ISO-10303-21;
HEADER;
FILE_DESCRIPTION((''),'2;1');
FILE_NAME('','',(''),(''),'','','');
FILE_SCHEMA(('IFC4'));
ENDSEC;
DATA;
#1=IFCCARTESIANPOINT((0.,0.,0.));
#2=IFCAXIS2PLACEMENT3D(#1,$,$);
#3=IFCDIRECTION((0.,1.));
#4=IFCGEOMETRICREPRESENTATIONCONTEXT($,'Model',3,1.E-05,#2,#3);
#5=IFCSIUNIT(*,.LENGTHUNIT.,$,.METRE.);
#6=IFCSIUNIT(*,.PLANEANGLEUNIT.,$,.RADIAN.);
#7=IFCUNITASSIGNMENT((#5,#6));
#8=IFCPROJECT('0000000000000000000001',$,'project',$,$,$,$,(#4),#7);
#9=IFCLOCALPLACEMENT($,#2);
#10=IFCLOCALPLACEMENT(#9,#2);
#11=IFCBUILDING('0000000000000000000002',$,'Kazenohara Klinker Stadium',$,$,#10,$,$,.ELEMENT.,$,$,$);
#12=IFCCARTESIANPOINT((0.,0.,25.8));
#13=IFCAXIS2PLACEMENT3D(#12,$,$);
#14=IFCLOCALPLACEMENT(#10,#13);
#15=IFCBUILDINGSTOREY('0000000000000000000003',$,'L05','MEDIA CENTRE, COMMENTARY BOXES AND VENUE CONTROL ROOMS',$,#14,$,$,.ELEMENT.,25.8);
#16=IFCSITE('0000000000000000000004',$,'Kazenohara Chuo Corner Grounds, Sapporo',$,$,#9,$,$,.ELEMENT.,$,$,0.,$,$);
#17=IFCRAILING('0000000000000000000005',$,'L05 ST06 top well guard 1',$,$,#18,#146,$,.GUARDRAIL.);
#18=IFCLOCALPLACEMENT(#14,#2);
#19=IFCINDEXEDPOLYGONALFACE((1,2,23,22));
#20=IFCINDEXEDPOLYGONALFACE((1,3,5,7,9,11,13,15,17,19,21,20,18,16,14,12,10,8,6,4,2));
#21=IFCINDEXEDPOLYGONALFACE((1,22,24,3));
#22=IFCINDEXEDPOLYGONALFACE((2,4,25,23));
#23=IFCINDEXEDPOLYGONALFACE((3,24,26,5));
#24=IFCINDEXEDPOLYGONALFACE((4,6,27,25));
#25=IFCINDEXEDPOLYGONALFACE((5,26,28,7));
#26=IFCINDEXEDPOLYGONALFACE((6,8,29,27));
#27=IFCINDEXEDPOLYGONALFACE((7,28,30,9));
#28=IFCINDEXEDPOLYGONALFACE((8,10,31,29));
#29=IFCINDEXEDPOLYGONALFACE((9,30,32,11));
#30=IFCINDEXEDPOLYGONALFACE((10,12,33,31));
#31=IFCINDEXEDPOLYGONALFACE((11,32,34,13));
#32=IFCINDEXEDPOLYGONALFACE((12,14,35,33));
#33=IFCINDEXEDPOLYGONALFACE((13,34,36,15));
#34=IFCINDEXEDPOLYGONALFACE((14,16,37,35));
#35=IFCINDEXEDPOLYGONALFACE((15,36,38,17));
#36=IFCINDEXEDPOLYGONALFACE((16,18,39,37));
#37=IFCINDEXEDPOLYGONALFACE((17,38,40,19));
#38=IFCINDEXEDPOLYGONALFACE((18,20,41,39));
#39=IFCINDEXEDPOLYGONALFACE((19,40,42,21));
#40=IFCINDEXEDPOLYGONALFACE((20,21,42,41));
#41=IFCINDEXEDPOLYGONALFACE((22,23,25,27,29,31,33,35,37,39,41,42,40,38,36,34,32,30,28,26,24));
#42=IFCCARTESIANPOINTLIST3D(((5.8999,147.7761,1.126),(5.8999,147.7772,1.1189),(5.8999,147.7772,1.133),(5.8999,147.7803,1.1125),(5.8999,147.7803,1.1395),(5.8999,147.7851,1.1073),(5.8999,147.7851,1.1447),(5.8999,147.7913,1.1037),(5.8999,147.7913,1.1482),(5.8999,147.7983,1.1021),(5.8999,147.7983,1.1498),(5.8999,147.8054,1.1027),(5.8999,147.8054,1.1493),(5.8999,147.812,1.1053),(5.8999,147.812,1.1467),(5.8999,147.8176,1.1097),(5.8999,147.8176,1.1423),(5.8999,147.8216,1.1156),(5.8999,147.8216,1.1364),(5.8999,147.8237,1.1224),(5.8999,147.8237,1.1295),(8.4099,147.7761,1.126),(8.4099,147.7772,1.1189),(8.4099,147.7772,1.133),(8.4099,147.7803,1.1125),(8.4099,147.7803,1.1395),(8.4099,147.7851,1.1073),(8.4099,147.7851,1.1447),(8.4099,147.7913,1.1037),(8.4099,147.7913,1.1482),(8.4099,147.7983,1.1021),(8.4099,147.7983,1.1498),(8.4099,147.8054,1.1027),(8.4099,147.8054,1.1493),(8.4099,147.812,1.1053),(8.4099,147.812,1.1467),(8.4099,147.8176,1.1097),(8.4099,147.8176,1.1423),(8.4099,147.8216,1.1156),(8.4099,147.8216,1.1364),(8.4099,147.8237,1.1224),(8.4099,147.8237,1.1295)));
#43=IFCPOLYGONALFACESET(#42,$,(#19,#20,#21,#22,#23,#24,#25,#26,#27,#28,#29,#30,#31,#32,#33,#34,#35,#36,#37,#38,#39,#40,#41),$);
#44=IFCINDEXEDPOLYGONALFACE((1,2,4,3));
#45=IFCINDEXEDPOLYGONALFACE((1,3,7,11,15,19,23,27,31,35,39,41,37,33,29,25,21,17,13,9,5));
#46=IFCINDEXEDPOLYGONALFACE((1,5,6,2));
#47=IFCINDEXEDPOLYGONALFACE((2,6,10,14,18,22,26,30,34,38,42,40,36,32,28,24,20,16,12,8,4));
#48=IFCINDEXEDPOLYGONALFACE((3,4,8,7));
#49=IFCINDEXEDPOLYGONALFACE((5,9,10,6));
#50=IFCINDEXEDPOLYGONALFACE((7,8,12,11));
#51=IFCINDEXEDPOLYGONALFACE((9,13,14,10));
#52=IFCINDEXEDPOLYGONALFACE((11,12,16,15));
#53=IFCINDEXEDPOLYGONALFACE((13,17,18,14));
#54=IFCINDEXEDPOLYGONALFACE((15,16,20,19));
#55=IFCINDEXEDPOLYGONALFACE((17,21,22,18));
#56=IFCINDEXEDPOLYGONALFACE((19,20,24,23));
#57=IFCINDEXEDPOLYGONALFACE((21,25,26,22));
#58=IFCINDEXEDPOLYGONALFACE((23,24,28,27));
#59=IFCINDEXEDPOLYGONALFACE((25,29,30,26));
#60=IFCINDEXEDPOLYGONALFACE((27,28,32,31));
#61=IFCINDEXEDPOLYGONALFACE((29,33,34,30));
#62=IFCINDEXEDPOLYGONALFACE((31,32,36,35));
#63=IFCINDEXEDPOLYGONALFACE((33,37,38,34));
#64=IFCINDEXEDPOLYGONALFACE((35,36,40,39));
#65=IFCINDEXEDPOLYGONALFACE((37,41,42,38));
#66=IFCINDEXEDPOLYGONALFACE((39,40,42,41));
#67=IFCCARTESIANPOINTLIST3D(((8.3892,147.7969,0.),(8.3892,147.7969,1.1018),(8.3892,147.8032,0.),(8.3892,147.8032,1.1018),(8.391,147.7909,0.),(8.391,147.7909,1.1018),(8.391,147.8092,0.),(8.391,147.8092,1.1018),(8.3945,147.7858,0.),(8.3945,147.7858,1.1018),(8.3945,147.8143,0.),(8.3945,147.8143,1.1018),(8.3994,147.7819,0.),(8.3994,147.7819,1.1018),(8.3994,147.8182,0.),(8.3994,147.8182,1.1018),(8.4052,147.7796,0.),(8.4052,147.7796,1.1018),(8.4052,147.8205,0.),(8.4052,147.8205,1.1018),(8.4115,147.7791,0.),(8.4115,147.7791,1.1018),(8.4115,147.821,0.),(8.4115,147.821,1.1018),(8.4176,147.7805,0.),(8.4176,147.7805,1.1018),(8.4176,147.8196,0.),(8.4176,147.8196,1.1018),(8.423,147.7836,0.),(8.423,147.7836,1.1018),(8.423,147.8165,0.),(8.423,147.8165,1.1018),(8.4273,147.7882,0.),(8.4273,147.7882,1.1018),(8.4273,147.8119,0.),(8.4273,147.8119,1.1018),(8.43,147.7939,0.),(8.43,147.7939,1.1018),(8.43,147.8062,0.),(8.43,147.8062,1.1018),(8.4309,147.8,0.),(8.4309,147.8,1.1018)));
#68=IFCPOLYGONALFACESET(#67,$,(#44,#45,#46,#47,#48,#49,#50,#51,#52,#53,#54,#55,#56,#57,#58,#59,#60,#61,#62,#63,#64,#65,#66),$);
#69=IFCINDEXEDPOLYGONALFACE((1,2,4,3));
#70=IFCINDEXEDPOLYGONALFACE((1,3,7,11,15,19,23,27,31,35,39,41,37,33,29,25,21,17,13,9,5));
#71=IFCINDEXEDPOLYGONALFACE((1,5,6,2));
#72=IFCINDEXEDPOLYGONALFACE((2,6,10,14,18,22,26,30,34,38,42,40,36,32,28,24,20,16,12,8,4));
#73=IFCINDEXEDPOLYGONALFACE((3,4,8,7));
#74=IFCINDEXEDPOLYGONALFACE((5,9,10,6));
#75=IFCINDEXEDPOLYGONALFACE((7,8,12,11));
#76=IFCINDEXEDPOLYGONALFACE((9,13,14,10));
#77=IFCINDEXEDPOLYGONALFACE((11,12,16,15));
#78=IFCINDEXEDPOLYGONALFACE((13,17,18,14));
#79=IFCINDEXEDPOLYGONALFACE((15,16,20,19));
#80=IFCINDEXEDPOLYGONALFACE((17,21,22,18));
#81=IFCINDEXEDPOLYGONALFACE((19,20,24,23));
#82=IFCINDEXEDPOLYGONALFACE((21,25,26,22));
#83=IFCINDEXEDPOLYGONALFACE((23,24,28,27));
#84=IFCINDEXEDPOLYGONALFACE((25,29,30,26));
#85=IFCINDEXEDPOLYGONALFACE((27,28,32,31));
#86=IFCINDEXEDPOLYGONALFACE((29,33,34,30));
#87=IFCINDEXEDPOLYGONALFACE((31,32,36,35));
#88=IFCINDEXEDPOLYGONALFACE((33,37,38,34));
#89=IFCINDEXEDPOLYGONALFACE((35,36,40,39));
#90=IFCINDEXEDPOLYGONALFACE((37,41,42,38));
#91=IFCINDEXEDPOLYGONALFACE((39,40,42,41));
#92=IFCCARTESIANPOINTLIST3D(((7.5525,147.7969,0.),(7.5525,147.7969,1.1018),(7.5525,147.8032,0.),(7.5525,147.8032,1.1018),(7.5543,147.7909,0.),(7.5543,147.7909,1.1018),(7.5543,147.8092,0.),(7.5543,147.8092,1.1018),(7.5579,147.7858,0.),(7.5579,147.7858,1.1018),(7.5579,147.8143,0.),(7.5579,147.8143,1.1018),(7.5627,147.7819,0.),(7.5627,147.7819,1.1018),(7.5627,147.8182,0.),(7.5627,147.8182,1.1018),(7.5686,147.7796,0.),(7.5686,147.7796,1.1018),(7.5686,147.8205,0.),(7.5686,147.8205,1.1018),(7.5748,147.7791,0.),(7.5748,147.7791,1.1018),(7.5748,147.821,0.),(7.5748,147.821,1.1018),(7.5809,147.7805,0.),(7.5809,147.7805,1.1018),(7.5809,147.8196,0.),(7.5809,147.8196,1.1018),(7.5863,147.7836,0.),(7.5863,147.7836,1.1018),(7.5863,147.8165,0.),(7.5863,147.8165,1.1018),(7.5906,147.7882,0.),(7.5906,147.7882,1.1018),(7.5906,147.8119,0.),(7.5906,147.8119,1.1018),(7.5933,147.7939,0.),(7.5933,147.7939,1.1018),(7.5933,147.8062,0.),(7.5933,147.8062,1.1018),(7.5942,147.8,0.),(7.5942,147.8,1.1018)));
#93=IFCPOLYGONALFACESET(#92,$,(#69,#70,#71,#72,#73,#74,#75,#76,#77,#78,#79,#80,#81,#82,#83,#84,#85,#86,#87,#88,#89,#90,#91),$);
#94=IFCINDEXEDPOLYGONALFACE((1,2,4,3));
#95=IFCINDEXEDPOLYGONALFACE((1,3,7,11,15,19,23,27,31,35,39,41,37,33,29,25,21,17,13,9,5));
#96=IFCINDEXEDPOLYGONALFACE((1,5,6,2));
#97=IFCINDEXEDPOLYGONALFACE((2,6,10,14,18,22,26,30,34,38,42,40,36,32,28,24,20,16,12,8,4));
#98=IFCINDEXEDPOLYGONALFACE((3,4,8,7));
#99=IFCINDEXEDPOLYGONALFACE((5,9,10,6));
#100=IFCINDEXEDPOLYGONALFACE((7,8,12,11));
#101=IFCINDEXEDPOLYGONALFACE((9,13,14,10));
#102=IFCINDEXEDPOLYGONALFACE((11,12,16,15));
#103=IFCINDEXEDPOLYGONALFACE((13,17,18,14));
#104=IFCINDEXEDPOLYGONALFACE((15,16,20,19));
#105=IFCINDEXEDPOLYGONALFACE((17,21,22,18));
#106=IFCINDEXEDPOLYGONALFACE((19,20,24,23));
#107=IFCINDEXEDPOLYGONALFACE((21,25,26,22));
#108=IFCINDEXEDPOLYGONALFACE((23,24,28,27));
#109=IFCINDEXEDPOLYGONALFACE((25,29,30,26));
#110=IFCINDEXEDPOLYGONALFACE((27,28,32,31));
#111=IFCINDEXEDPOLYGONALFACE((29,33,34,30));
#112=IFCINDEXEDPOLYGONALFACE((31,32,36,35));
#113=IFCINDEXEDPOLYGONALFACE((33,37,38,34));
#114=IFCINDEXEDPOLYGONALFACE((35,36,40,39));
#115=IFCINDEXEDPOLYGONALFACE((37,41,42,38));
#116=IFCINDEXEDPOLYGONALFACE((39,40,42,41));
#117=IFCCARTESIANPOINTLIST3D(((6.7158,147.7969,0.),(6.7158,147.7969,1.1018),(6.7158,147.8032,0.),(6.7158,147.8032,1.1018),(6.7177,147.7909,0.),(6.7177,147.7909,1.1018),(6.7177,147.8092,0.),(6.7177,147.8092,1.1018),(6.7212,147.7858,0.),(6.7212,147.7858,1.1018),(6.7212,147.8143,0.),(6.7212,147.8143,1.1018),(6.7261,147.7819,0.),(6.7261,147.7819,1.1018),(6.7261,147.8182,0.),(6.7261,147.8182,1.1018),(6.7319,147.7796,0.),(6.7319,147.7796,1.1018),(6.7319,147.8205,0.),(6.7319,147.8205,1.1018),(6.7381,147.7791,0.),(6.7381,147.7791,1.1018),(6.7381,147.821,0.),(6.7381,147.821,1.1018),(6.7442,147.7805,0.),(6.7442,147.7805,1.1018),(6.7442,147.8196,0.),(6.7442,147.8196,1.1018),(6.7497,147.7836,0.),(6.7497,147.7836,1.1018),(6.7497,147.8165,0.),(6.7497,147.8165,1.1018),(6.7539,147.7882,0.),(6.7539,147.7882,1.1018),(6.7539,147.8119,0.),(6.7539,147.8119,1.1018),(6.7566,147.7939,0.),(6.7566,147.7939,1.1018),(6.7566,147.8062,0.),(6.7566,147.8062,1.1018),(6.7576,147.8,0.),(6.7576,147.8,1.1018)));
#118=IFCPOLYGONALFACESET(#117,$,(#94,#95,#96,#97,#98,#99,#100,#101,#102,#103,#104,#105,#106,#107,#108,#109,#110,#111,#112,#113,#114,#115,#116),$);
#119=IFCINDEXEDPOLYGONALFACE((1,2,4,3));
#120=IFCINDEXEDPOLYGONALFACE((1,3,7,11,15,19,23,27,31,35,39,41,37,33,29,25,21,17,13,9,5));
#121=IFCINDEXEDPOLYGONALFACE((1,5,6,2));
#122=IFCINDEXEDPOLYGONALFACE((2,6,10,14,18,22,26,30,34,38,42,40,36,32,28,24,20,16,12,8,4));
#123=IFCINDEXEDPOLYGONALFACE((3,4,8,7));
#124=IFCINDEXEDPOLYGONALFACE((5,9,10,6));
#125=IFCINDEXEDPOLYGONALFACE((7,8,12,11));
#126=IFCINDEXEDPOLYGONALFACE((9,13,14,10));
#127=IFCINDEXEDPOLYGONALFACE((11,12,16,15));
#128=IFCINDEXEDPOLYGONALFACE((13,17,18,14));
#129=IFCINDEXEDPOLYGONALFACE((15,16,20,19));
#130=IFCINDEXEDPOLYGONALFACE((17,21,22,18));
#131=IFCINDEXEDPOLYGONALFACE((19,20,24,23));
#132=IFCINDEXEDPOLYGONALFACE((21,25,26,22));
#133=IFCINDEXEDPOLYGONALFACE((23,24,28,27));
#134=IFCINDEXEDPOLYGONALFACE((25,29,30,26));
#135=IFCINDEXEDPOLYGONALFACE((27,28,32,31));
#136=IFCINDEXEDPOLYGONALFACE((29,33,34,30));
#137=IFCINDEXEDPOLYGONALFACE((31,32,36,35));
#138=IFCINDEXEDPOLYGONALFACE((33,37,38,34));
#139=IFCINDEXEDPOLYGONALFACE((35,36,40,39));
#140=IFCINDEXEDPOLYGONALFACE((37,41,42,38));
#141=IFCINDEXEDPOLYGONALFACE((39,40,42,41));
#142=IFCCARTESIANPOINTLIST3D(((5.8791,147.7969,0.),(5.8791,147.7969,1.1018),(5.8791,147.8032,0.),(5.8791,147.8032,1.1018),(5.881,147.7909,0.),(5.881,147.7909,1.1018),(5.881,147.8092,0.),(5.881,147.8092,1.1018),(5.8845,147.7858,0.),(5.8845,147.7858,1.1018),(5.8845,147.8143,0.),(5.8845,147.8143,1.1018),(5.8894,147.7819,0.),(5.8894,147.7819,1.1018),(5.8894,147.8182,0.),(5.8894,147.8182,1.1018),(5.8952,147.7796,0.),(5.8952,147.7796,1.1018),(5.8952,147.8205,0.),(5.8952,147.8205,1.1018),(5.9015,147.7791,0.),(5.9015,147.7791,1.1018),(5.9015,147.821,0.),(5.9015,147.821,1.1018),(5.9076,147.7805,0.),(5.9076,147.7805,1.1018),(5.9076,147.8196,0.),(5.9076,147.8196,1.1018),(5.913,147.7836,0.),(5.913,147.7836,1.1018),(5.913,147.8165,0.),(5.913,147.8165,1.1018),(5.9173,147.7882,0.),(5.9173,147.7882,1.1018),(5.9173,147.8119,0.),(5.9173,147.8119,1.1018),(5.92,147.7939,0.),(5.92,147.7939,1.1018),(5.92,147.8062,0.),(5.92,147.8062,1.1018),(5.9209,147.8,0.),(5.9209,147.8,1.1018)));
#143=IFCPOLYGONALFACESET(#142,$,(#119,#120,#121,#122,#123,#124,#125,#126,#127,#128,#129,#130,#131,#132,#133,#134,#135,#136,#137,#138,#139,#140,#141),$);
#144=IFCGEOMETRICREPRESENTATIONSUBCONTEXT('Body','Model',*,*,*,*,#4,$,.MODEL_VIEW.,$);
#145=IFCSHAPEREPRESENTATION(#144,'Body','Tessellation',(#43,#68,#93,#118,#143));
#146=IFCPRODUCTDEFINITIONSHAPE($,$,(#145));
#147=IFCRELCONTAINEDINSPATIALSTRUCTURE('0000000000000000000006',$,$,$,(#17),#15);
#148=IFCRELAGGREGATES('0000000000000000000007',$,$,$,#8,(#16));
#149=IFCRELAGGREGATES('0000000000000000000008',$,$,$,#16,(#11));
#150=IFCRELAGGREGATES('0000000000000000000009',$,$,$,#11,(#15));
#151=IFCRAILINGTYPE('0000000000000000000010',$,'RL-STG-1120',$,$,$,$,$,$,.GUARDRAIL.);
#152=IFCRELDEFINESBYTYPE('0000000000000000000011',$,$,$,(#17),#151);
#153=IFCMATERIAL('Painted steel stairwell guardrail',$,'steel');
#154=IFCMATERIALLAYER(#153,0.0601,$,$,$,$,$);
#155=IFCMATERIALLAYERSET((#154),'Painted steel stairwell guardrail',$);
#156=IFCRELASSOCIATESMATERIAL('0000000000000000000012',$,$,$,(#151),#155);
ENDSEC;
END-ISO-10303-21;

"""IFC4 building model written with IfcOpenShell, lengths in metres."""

from ifc_helpers import new_model, si_unit, direction, frame, origin, origin_2d, place, context, subcontext, project, spatial, circle, extrude, material, layer, layer_set, type_object, element, save


model = new_model("IFC4")

# Units and contexts
model_context = context("Model", 3, precision=1e-05, world=origin(), true_north=direction((0.0, 1.0)))
body_context = subcontext(model_context, "Body", "Model", "MODEL_VIEW")
ifc_project = project(units=[si_unit("LENGTHUNIT", "METRE"), si_unit("PLANEANGLEUNIT", "RADIAN")], contexts=[model_context])

# Site, building, storey
site_placement = place(None, origin())
site = spatial("IfcSite", under=ifc_project, at=site_placement, Name="Kazenohara Chuo Corner Grounds, Sapporo", CompositionType="ELEMENT", RefElevation=0.0)
building_placement = place(site_placement, origin())
building = spatial("IfcBuilding", under=site, at=building_placement, Name="Kazenohara Klinker Stadium", CompositionType="ELEMENT")
storey_placement = place(building_placement, frame((0.0, 0.0, 25.8)))
storey = spatial("IfcBuildingStorey", under=building, at=storey_placement, Name="L05", Description="MEDIA CENTRE, COMMENTARY BOXES AND VENUE CONTROL ROOMS", CompositionType="ELEMENT", Elevation=25.8)

# Railing
ifc_material_1 = material(Name="Painted steel stairwell guardrail", Category="steel")
ifc_layer_1 = layer(ifc_material_1, 0.0601)
ifc_layer_set_1 = layer_set([ifc_layer_1], Name="Painted steel stairwell guardrail")
railing_type = type_object("IfcRailingType", Name="RL-STG-1120", PredefinedType="GUARDRAIL", material=ifc_layer_set_1)
railing_1_placement = place(storey_placement, frame((8.4099, 147.8, 0.0)))
element("IfcRailing", 1, at=railing_1_placement, inside=storey, type_object=railing_type, Name="L05 ST06 top well guard 1", PredefinedType="GUARDRAIL", context=body_context, shape_type="SweptSolid", body=[
    extrude(circle(Radius=0.0239, at=origin_2d()), frame((0.0, 0.0, 1.126), z_axis=(-1.0, 0.0, 0.0), x_axis=(0.0, -1.0, 0.0)), (0.0, 0.0, 1.0), 2.51),
    extrude(circle(Radius=0.021, at=origin_2d()), origin(), (0.0, 0.0, 1.0), 1.1018),
    extrude(circle(Radius=0.021, at=origin_2d()), frame((-0.8367, 0.0, 0.0)), (0.0, 0.0, 1.0), 1.1018),
    extrude(circle(Radius=0.021, at=origin_2d()), frame((-1.6733, 0.0, 0.0)), (0.0, 0.0, 1.0), 1.1018),
    extrude(circle(Radius=0.021, at=origin_2d()), frame((-2.51, 0.0, 0.0)), (0.0, 0.0, 1.0), 1.1018),
])

save(model, "model.ifc")
